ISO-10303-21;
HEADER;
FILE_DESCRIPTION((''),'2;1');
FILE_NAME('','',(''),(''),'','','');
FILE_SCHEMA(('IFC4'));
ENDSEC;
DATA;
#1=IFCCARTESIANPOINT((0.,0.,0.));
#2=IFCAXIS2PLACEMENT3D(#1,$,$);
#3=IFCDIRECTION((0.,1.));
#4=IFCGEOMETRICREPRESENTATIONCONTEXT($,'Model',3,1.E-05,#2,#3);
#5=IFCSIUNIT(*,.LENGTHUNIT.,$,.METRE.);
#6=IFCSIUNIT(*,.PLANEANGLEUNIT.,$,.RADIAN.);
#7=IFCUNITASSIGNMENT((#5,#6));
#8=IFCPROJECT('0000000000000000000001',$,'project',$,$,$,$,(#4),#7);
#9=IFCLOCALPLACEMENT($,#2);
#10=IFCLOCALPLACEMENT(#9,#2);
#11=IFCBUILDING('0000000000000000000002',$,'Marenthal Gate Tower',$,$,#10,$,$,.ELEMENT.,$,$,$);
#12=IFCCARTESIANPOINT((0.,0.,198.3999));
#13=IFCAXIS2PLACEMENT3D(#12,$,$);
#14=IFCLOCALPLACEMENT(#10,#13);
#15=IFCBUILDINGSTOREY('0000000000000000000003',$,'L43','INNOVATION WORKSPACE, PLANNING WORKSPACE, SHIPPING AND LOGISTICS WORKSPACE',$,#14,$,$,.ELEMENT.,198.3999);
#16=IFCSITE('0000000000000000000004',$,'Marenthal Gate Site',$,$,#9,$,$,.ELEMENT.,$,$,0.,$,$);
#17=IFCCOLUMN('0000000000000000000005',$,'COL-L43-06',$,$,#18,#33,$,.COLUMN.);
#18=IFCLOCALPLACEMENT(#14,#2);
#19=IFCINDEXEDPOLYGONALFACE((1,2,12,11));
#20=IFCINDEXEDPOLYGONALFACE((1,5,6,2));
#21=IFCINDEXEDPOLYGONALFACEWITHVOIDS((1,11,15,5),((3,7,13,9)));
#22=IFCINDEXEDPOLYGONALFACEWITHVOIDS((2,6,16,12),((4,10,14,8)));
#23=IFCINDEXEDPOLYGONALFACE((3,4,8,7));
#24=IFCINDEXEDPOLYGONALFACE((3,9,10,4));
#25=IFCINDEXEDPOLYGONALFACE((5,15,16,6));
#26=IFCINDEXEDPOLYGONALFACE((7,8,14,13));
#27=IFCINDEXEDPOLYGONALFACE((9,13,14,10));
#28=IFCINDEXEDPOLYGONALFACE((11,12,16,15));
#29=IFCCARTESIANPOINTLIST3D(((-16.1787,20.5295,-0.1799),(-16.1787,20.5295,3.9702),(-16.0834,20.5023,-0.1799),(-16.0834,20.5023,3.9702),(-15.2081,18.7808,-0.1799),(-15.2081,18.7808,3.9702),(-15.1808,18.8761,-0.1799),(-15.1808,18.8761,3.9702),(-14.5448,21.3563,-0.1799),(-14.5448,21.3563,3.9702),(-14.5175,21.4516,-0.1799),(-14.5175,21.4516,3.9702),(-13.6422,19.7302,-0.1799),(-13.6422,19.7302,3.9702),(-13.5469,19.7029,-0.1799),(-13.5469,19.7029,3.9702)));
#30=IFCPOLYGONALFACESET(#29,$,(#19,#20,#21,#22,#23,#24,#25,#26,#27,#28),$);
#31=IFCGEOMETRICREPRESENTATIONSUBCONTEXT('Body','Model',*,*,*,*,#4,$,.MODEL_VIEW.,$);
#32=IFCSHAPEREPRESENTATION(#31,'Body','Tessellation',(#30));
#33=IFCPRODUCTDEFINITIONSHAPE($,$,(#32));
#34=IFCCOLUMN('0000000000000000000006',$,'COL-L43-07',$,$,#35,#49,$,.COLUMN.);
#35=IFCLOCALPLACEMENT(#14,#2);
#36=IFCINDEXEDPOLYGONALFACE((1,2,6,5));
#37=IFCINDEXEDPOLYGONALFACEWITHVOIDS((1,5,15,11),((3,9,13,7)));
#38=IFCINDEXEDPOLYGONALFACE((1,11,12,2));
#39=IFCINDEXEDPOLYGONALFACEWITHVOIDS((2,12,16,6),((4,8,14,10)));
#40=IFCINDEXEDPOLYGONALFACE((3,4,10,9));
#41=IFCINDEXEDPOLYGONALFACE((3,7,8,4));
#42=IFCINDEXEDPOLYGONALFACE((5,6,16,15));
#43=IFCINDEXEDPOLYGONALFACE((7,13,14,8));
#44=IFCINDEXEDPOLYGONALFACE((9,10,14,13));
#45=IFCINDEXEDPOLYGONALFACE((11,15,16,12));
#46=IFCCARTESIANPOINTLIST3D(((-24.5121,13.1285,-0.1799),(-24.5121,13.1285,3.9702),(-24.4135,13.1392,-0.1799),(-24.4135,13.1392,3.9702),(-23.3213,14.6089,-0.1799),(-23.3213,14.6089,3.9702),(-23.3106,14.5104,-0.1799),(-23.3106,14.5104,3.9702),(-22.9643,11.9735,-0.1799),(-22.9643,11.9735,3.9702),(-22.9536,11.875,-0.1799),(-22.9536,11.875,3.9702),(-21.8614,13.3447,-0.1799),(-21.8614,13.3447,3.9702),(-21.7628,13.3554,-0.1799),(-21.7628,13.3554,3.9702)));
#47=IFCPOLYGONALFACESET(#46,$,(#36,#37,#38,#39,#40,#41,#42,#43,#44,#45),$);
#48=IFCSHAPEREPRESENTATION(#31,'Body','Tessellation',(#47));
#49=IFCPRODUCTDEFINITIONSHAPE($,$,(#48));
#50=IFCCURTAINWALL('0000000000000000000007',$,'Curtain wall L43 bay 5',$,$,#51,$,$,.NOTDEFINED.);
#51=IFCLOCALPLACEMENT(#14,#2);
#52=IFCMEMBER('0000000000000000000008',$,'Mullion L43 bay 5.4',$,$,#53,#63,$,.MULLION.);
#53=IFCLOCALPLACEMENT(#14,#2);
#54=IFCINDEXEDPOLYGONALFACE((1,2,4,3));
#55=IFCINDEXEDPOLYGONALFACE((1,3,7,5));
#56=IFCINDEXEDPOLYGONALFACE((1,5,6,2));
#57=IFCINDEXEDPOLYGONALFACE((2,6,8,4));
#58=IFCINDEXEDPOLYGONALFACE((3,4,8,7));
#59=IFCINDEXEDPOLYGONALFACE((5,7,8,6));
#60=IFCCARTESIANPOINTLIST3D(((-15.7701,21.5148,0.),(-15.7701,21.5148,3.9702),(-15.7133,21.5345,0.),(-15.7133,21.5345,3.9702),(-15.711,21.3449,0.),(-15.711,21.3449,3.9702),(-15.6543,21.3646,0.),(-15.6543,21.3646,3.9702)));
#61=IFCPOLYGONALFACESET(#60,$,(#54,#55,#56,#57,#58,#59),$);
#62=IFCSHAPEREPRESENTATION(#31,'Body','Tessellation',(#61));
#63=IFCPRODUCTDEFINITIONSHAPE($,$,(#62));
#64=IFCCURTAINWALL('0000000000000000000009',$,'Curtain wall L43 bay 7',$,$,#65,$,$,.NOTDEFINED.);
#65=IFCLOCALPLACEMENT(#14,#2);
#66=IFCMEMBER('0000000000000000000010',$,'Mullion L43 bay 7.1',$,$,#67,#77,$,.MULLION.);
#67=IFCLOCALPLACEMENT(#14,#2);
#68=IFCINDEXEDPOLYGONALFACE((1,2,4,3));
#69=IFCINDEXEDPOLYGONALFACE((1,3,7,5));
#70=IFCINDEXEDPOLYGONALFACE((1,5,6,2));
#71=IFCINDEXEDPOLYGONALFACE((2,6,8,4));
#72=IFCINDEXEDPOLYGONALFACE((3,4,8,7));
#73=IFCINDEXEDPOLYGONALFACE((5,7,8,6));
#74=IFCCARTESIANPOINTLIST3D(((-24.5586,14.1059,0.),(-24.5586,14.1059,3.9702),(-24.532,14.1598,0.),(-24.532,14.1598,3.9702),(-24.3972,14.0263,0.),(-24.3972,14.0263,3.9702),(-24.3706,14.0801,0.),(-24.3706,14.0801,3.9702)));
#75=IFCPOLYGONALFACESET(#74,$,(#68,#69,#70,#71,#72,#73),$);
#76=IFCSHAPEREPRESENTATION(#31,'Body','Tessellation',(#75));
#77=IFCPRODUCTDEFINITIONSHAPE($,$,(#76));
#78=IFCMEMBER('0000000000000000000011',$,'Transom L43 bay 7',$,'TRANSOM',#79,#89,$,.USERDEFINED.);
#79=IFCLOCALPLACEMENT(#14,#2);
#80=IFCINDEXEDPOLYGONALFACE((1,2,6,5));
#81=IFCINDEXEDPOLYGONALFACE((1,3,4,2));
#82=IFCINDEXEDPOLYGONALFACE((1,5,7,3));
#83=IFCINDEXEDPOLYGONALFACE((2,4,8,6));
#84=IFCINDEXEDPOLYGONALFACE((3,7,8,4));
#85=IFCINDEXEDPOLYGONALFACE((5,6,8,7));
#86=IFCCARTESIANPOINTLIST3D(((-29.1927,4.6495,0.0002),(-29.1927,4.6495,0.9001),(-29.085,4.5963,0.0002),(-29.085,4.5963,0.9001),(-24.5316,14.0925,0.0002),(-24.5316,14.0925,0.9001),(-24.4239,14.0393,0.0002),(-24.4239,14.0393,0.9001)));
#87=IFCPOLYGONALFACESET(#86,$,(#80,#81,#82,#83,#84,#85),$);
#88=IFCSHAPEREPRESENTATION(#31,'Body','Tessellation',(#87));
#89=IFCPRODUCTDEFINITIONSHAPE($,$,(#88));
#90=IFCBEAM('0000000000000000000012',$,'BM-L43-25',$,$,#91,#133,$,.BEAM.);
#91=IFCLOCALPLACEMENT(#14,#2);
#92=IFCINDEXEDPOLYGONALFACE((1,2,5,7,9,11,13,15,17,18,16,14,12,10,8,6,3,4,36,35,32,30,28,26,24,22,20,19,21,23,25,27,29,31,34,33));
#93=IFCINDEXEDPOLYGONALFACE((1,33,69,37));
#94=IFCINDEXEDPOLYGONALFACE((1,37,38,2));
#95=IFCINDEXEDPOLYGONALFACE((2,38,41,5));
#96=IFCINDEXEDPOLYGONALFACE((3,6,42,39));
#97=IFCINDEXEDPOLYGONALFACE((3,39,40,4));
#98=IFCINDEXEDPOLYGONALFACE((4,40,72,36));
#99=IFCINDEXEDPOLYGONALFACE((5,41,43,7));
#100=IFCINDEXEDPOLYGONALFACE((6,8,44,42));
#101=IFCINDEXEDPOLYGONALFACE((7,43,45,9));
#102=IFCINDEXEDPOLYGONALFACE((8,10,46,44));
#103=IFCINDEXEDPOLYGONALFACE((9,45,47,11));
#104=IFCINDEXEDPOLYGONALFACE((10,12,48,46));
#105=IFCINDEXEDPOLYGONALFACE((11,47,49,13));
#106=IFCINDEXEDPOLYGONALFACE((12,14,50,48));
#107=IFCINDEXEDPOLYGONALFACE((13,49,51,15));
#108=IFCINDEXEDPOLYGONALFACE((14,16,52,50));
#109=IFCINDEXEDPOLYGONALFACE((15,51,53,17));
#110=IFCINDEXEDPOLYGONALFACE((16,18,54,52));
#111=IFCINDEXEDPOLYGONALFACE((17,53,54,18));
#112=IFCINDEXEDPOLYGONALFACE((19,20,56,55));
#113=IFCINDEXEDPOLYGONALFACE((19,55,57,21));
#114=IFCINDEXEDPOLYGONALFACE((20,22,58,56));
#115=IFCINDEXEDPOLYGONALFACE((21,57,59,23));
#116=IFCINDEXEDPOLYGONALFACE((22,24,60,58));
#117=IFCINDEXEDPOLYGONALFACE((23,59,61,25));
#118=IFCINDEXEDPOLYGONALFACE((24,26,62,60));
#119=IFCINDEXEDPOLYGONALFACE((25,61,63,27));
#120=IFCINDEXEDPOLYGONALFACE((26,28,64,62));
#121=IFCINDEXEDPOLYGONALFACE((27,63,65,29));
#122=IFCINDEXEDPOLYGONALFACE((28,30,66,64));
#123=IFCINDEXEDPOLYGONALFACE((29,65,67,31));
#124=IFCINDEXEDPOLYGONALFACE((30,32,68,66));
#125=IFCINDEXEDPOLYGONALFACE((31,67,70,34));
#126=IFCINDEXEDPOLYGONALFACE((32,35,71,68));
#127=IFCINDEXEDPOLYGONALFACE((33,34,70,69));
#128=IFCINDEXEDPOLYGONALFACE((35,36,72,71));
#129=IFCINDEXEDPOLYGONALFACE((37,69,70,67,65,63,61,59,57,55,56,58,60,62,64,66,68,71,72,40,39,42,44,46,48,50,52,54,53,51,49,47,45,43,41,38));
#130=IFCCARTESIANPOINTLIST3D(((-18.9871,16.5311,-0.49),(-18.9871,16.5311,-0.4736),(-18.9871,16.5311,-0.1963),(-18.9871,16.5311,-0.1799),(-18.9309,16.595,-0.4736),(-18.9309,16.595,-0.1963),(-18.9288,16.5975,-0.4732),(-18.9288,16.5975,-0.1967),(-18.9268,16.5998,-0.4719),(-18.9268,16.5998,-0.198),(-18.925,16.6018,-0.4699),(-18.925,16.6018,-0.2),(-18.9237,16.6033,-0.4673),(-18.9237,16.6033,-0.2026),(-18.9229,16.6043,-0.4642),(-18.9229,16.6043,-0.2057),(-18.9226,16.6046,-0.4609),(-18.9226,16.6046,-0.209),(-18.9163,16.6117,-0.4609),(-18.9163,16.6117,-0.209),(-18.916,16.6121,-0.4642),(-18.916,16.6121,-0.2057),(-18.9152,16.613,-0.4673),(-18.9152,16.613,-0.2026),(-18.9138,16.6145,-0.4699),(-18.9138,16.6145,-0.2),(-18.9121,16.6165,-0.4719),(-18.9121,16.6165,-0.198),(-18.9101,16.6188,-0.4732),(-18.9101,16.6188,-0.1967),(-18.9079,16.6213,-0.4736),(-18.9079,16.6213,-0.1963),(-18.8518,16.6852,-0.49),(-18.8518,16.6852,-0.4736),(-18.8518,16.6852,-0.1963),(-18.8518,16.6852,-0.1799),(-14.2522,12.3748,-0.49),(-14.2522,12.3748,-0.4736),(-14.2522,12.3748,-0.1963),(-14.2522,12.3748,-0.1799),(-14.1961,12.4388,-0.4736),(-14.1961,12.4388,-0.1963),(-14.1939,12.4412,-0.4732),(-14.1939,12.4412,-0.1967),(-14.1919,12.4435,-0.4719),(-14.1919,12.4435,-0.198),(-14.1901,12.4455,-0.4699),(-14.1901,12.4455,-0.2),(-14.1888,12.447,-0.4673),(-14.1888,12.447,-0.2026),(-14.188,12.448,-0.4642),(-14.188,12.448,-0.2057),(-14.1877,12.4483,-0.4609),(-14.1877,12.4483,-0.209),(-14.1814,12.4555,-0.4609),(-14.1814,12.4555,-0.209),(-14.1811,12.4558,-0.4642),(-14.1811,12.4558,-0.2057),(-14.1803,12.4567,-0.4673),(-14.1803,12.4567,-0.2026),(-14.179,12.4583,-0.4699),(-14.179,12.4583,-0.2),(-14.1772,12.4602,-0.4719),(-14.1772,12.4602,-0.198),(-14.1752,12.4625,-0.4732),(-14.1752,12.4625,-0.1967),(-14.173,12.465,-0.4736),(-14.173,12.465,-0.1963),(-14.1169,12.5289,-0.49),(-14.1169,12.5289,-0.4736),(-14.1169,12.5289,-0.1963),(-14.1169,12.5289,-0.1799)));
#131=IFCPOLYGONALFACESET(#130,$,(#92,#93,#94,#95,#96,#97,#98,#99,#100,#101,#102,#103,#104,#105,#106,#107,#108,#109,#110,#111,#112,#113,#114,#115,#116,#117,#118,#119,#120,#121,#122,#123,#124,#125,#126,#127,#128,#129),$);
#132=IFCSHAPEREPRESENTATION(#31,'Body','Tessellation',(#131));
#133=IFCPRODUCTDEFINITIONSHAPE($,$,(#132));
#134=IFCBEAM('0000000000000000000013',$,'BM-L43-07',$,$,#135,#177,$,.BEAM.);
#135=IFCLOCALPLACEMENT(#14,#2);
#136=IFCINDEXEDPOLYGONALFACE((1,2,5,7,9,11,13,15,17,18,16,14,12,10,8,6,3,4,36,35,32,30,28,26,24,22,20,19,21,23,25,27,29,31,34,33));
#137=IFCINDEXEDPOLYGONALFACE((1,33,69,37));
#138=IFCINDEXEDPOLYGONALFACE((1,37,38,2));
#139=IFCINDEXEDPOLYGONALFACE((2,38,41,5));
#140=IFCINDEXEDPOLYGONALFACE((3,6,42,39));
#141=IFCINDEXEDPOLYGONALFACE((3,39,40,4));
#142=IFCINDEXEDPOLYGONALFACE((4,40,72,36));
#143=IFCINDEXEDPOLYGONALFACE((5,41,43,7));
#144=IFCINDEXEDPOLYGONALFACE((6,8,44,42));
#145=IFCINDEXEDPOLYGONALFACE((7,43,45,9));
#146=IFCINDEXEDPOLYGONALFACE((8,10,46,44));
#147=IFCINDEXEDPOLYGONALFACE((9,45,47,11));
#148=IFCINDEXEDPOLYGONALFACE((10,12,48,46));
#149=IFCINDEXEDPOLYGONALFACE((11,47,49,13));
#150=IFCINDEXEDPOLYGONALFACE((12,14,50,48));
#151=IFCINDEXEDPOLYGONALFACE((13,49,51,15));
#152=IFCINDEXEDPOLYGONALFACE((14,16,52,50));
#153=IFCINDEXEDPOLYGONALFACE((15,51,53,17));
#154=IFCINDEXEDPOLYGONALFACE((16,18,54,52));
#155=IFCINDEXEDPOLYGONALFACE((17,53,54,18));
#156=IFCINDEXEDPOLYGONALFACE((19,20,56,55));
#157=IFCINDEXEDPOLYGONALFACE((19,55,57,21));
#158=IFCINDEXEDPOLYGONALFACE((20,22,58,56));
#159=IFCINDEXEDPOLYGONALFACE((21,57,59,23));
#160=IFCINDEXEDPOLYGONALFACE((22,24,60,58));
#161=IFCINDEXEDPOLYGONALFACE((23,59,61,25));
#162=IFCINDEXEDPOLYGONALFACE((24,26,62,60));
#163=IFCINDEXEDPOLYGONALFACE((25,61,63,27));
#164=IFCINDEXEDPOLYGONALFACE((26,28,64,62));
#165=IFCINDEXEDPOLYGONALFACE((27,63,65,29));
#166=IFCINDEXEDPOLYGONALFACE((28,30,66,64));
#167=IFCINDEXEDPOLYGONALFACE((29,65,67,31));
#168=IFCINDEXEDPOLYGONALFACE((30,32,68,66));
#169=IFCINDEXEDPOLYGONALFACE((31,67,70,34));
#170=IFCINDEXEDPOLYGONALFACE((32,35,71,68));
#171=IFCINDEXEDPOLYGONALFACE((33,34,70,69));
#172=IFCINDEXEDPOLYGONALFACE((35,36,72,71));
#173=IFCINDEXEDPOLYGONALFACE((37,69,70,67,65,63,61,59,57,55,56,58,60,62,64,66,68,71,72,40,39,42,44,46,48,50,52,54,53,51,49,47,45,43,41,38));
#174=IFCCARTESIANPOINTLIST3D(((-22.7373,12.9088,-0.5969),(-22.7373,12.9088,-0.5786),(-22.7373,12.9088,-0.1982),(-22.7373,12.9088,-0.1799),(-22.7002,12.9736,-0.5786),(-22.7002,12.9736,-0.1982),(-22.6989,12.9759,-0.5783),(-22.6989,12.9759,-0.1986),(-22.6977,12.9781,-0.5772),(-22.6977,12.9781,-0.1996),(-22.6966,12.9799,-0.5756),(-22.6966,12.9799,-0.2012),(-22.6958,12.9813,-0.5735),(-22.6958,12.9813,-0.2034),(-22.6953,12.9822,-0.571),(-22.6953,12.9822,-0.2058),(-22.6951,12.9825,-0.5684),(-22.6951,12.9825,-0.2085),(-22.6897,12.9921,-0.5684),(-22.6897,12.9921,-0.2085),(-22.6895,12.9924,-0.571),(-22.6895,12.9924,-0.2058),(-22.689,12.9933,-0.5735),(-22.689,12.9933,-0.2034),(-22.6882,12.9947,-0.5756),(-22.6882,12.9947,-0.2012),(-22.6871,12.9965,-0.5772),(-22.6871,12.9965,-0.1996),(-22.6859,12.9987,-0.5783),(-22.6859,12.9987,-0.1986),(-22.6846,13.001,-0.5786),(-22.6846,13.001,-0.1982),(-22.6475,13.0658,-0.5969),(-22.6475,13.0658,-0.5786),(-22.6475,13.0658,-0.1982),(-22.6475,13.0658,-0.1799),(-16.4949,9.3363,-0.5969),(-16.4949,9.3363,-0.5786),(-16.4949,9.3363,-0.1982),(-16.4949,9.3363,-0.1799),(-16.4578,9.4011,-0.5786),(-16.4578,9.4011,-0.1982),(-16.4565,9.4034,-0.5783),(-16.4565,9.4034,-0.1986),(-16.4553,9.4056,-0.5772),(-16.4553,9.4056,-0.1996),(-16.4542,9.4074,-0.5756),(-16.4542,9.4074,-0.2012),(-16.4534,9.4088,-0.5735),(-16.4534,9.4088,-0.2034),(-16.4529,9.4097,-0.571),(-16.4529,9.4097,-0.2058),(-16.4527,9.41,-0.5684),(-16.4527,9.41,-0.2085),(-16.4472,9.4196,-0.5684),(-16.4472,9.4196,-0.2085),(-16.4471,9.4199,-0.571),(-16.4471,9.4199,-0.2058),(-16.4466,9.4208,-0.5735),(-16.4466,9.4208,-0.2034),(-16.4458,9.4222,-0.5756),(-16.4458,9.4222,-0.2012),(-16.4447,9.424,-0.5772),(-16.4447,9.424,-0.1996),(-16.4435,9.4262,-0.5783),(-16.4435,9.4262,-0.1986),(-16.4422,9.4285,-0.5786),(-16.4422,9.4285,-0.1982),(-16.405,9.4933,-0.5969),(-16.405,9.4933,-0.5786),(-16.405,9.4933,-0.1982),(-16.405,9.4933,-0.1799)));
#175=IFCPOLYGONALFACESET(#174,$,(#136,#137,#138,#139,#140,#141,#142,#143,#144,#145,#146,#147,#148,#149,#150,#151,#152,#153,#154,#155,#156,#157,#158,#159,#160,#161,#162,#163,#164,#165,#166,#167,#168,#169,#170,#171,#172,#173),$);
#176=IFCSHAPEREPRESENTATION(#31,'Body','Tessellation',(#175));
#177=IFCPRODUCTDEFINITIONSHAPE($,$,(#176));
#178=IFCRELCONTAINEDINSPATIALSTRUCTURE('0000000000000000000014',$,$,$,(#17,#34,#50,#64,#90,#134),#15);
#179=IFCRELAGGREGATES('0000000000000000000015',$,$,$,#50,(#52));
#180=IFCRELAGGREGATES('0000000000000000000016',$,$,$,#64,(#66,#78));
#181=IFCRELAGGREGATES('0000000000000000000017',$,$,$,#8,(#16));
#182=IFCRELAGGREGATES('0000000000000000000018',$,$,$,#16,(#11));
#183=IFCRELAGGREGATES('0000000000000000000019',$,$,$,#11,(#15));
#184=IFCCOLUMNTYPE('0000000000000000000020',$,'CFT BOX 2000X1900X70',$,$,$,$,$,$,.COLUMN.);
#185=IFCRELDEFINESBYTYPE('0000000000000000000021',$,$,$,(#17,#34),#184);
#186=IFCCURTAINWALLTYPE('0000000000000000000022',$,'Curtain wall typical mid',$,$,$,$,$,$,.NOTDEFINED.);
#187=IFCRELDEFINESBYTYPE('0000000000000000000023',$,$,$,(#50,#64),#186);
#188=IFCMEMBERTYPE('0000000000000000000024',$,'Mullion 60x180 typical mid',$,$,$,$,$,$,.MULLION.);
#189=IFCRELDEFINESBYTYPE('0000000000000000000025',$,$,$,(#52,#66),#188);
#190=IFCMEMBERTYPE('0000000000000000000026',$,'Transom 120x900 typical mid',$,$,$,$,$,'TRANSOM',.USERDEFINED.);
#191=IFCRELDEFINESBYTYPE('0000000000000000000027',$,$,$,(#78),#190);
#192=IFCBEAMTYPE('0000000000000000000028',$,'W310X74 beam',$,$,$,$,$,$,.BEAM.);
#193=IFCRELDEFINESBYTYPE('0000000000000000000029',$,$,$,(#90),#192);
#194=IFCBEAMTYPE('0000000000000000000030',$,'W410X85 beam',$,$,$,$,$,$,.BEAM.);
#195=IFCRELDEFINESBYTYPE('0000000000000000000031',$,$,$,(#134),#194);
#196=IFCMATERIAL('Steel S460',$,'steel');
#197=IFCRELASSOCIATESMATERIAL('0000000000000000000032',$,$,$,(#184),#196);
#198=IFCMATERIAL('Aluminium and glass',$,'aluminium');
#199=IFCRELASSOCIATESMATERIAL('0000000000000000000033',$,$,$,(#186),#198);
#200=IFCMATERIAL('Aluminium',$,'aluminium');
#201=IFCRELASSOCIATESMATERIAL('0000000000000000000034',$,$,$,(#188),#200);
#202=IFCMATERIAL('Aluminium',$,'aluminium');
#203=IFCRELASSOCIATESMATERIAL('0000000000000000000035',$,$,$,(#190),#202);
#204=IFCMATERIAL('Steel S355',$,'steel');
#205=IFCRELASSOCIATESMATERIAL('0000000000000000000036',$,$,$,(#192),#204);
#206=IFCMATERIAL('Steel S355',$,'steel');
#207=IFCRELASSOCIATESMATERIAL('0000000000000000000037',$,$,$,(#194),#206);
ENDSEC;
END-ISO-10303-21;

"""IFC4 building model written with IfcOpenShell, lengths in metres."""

from ifc_helpers import new_model, si_unit, direction, frame, origin, origin_2d, place, context, subcontext, project, spatial, rectangle, hollow_rectangle, i_section, extrude, material, material_profile, profile_set, type_object, element, aggregate, save


model = new_model("IFC4")

# Units and contexts
model_context = context("Model", 3, precision=1e-05, world=origin(), true_north=direction((0.0, 1.0)))
body_context = subcontext(model_context, "Body", "Model", "MODEL_VIEW")
ifc_project = project(units=[si_unit("LENGTHUNIT", "METRE"), si_unit("PLANEANGLEUNIT", "RADIAN")], contexts=[model_context])

# Site, building, storey
site_placement = place(None, origin())
site = spatial("IfcSite", under=ifc_project, at=site_placement, Name="Marenthal Gate Site", CompositionType="ELEMENT", RefElevation=0.0)
building_placement = place(site_placement, origin())
building = spatial("IfcBuilding", under=site, at=building_placement, Name="Marenthal Gate Tower", CompositionType="ELEMENT")
storey_placement = place(building_placement, frame((0.0, 0.0, 198.3999)))
storey = spatial("IfcBuildingStorey", under=building, at=storey_placement, Name="L43", Description="INNOVATION WORKSPACE, PLANNING WORKSPACE, SHIPPING AND LOGISTICS WORKSPACE", CompositionType="ELEMENT", Elevation=198.3999)

# Columns
ifc_material_1 = material(Name="Steel S460", Category="steel")
ifc_material_profile_1 = material_profile(ifc_material_1, hollow_rectangle(XDim=1.8999, YDim=2.0, WallThickness=0.0701, at=origin_2d()), Name="CFT BOX 2000X1900X70")
ifc_material_2 = material(Name="Concrete 70 MPa", Category="concrete")
ifc_material_profile_2 = material_profile(ifc_material_2, rectangle(XDim=1.76, YDim=1.8601, at=origin_2d()), Name="CFT BOX 2000X1900X70 INFILL")
ifc_profile_set_1 = profile_set([ifc_material_profile_1, ifc_material_profile_2], Name="Steel S460 shell, Concrete 70 MPa infill")
column_type = type_object("IfcColumnType", Name="CFT BOX 2000X1900X70", PredefinedType="COLUMN", material=ifc_profile_set_1)
for number, where, z_axis, x_axis, name in (
    (1, (-14.8628, 20.1162, -0.1799), (0.0, 0.0, 1.0), (0.874337, 0.485319, 0.0), "COL-L43-06"),
    (2, (-23.1375, 13.2419, -0.1799), (0.0, 0.0, 1.0), (0.626752, 0.779219, 0.0), "COL-L43-07"),
):
    element("IfcColumn", number, at=place(storey_placement, frame(where, z_axis=z_axis, x_axis=x_axis)), inside=storey, type_object=column_type, Name=name, PredefinedType="COLUMN", context=body_context, shape_type="SweptSolid", body=[
        extrude(hollow_rectangle(XDim=1.8999, YDim=2.0, WallThickness=0.0701, at=origin_2d()), origin(), (0.0, 0.0, 1.0), 4.1501),
    ])

# Curtain wall, member
ifc_material_3 = material(Name="Aluminium and glass", Category="aluminium")
curtain_wall_type = type_object("IfcCurtainWallType", Name="Curtain wall typical mid", PredefinedType="NOTDEFINED", material=ifc_material_3)
curtain_wall_1_placement = place(storey_placement, origin())
curtain_wall_1 = element("IfcCurtainWall", 3, at=curtain_wall_1_placement, inside=storey, type_object=curtain_wall_type, Name="Curtain wall L43 bay 5", PredefinedType="NOTDEFINED")
ifc_material_4 = material(Name="Aluminium", Category="aluminium")
ifc_material_profile_3 = material_profile(ifc_material_4, rectangle(XDim=0.1799, YDim=0.0601, at=origin_2d()), Name="60x180 aluminium mullion")
ifc_profile_set_2 = profile_set([ifc_material_profile_3], Name="Aluminium")
member_type_1 = type_object("IfcMemberType", Name="Mullion 60x180 typical mid", PredefinedType="MULLION", material=ifc_profile_set_2)
member_1_placement = place(storey_placement, frame((-15.7122, 21.4397, 0.0), z_axis=(0.0, 0.0, 1.0), x_axis=(0.328332, -0.944562, 0.0)))
member_1 = element("IfcMember", 4, at=member_1_placement, type_object=member_type_1, Name="Mullion L43 bay 5.4", PredefinedType="MULLION", context=body_context, shape_type="SweptSolid", body=[
    extrude(rectangle(XDim=0.1799, YDim=0.0601, at=origin_2d()), origin(), (0.0, 0.0, 1.0), 3.9702),
])
aggregate(curtain_wall_1, [member_1])

# Curtain wall, members
curtain_wall_2_placement = place(storey_placement, origin())
curtain_wall_2 = element("IfcCurtainWall", 5, at=curtain_wall_2_placement, inside=storey, type_object=curtain_wall_type, Name="Curtain wall L43 bay 7", PredefinedType="NOTDEFINED")
member_2_placement = place(storey_placement, frame((-24.4646, 14.093, 0.0), z_axis=(0.0, 0.0, 1.0), x_axis=(0.896716, -0.442607, 0.0)))
member_2 = element("IfcMember", 6, at=member_2_placement, type_object=member_type_1, Name="Mullion L43 bay 7.1", PredefinedType="MULLION", context=body_context, shape_type="SweptSolid", body=[
    extrude(rectangle(XDim=0.1799, YDim=0.0601, at=origin_2d()), origin(), (0.0, 0.0, 1.0), 3.9702),
])
ifc_material_5 = material(Name="Aluminium", Category="aluminium")
ifc_material_profile_4 = material_profile(ifc_material_5, rectangle(XDim=0.1201, YDim=0.8999, at=origin_2d()), Name="120x900 aluminium transom")
ifc_profile_set_3 = profile_set([ifc_material_profile_4], Name="Aluminium")
member_type_2 = type_object("IfcMemberType", Name="Transom 120x900 typical mid", ElementType="TRANSOM", PredefinedType="USERDEFINED", material=ifc_profile_set_3)
member_3_placement = place(storey_placement, frame((-24.4778, 14.0659, 0.4502), z_axis=(-0.442617, -0.896711, 0.0), x_axis=(0.896711, -0.442617, 0.0)))
member_3 = element("IfcMember", 7, at=member_3_placement, type_object=member_type_2, Name="Transom L43 bay 7", ObjectType="TRANSOM", PredefinedType="USERDEFINED", context=body_context, shape_type="SweptSolid", body=[
    extrude(rectangle(XDim=0.1201, YDim=0.8999, at=origin_2d()), origin(), (0.0, 0.0, 1.0), 10.5308),
])

# Beams
ifc_material_6 = material(Name="Steel S355", Category="steel")
ifc_material_profile_5 = material_profile(ifc_material_6, i_section(OverallWidth=0.2051, OverallDepth=0.3101, WebThickness=0.0095, FlangeThickness=0.0164, FilletRadius=0.0127, at=origin_2d()), Name="W310X74")
ifc_profile_set_4 = profile_set([ifc_material_profile_5], Name="Steel S355")
beam_type_1 = type_object("IfcBeamType", Name="W310X74 beam", PredefinedType="BEAM", material=ifc_profile_set_4)
beam_1_placement = place(storey_placement, frame((-18.9194, 16.6082, -0.335), z_axis=(0.751534, -0.659694, 0.0), x_axis=(0.659694, 0.751534, 0.0)))
element("IfcBeam", 8, at=beam_1_placement, inside=storey, type_object=beam_type_1, Name="BM-L43-25", PredefinedType="BEAM", context=body_context, shape_type="SweptSolid", body=[
    extrude(i_section(OverallWidth=0.2051, OverallDepth=0.3101, WebThickness=0.0095, FlangeThickness=0.0164, FilletRadius=0.0127, at=origin_2d()), origin(), (0.0, 0.0, 1.0), 6.3003),
])
ifc_material_7 = material(Name="Steel S355", Category="steel")
ifc_material_profile_6 = material_profile(ifc_material_7, i_section(OverallWidth=0.1809, OverallDepth=0.417, WebThickness=0.011, FlangeThickness=0.0183, FilletRadius=0.0103, at=origin_2d()), Name="W410X85")
ifc_profile_set_5 = profile_set([ifc_material_profile_6], Name="Steel S355")
beam_type_2 = type_object("IfcBeamType", Name="W410X85 beam", PredefinedType="BEAM", material=ifc_profile_set_5)
beam_2_placement = place(storey_placement, frame((-22.6924, 12.9873, -0.3884), z_axis=(0.867919, -0.496705, 0.0), x_axis=(0.496705, 0.867919, 0.0)))
element("IfcBeam", 9, at=beam_2_placement, inside=storey, type_object=beam_type_2, Name="BM-L43-07", PredefinedType="BEAM", context=body_context, shape_type="SweptSolid", body=[
    extrude(i_section(OverallWidth=0.1809, OverallDepth=0.417, WebThickness=0.011, FlangeThickness=0.0183, FilletRadius=0.0103, at=origin_2d()), origin(), (0.0, 0.0, 1.0), 7.1924),
])

aggregate(curtain_wall_2, [member_2, member_3])

save(model, "model.ifc")
